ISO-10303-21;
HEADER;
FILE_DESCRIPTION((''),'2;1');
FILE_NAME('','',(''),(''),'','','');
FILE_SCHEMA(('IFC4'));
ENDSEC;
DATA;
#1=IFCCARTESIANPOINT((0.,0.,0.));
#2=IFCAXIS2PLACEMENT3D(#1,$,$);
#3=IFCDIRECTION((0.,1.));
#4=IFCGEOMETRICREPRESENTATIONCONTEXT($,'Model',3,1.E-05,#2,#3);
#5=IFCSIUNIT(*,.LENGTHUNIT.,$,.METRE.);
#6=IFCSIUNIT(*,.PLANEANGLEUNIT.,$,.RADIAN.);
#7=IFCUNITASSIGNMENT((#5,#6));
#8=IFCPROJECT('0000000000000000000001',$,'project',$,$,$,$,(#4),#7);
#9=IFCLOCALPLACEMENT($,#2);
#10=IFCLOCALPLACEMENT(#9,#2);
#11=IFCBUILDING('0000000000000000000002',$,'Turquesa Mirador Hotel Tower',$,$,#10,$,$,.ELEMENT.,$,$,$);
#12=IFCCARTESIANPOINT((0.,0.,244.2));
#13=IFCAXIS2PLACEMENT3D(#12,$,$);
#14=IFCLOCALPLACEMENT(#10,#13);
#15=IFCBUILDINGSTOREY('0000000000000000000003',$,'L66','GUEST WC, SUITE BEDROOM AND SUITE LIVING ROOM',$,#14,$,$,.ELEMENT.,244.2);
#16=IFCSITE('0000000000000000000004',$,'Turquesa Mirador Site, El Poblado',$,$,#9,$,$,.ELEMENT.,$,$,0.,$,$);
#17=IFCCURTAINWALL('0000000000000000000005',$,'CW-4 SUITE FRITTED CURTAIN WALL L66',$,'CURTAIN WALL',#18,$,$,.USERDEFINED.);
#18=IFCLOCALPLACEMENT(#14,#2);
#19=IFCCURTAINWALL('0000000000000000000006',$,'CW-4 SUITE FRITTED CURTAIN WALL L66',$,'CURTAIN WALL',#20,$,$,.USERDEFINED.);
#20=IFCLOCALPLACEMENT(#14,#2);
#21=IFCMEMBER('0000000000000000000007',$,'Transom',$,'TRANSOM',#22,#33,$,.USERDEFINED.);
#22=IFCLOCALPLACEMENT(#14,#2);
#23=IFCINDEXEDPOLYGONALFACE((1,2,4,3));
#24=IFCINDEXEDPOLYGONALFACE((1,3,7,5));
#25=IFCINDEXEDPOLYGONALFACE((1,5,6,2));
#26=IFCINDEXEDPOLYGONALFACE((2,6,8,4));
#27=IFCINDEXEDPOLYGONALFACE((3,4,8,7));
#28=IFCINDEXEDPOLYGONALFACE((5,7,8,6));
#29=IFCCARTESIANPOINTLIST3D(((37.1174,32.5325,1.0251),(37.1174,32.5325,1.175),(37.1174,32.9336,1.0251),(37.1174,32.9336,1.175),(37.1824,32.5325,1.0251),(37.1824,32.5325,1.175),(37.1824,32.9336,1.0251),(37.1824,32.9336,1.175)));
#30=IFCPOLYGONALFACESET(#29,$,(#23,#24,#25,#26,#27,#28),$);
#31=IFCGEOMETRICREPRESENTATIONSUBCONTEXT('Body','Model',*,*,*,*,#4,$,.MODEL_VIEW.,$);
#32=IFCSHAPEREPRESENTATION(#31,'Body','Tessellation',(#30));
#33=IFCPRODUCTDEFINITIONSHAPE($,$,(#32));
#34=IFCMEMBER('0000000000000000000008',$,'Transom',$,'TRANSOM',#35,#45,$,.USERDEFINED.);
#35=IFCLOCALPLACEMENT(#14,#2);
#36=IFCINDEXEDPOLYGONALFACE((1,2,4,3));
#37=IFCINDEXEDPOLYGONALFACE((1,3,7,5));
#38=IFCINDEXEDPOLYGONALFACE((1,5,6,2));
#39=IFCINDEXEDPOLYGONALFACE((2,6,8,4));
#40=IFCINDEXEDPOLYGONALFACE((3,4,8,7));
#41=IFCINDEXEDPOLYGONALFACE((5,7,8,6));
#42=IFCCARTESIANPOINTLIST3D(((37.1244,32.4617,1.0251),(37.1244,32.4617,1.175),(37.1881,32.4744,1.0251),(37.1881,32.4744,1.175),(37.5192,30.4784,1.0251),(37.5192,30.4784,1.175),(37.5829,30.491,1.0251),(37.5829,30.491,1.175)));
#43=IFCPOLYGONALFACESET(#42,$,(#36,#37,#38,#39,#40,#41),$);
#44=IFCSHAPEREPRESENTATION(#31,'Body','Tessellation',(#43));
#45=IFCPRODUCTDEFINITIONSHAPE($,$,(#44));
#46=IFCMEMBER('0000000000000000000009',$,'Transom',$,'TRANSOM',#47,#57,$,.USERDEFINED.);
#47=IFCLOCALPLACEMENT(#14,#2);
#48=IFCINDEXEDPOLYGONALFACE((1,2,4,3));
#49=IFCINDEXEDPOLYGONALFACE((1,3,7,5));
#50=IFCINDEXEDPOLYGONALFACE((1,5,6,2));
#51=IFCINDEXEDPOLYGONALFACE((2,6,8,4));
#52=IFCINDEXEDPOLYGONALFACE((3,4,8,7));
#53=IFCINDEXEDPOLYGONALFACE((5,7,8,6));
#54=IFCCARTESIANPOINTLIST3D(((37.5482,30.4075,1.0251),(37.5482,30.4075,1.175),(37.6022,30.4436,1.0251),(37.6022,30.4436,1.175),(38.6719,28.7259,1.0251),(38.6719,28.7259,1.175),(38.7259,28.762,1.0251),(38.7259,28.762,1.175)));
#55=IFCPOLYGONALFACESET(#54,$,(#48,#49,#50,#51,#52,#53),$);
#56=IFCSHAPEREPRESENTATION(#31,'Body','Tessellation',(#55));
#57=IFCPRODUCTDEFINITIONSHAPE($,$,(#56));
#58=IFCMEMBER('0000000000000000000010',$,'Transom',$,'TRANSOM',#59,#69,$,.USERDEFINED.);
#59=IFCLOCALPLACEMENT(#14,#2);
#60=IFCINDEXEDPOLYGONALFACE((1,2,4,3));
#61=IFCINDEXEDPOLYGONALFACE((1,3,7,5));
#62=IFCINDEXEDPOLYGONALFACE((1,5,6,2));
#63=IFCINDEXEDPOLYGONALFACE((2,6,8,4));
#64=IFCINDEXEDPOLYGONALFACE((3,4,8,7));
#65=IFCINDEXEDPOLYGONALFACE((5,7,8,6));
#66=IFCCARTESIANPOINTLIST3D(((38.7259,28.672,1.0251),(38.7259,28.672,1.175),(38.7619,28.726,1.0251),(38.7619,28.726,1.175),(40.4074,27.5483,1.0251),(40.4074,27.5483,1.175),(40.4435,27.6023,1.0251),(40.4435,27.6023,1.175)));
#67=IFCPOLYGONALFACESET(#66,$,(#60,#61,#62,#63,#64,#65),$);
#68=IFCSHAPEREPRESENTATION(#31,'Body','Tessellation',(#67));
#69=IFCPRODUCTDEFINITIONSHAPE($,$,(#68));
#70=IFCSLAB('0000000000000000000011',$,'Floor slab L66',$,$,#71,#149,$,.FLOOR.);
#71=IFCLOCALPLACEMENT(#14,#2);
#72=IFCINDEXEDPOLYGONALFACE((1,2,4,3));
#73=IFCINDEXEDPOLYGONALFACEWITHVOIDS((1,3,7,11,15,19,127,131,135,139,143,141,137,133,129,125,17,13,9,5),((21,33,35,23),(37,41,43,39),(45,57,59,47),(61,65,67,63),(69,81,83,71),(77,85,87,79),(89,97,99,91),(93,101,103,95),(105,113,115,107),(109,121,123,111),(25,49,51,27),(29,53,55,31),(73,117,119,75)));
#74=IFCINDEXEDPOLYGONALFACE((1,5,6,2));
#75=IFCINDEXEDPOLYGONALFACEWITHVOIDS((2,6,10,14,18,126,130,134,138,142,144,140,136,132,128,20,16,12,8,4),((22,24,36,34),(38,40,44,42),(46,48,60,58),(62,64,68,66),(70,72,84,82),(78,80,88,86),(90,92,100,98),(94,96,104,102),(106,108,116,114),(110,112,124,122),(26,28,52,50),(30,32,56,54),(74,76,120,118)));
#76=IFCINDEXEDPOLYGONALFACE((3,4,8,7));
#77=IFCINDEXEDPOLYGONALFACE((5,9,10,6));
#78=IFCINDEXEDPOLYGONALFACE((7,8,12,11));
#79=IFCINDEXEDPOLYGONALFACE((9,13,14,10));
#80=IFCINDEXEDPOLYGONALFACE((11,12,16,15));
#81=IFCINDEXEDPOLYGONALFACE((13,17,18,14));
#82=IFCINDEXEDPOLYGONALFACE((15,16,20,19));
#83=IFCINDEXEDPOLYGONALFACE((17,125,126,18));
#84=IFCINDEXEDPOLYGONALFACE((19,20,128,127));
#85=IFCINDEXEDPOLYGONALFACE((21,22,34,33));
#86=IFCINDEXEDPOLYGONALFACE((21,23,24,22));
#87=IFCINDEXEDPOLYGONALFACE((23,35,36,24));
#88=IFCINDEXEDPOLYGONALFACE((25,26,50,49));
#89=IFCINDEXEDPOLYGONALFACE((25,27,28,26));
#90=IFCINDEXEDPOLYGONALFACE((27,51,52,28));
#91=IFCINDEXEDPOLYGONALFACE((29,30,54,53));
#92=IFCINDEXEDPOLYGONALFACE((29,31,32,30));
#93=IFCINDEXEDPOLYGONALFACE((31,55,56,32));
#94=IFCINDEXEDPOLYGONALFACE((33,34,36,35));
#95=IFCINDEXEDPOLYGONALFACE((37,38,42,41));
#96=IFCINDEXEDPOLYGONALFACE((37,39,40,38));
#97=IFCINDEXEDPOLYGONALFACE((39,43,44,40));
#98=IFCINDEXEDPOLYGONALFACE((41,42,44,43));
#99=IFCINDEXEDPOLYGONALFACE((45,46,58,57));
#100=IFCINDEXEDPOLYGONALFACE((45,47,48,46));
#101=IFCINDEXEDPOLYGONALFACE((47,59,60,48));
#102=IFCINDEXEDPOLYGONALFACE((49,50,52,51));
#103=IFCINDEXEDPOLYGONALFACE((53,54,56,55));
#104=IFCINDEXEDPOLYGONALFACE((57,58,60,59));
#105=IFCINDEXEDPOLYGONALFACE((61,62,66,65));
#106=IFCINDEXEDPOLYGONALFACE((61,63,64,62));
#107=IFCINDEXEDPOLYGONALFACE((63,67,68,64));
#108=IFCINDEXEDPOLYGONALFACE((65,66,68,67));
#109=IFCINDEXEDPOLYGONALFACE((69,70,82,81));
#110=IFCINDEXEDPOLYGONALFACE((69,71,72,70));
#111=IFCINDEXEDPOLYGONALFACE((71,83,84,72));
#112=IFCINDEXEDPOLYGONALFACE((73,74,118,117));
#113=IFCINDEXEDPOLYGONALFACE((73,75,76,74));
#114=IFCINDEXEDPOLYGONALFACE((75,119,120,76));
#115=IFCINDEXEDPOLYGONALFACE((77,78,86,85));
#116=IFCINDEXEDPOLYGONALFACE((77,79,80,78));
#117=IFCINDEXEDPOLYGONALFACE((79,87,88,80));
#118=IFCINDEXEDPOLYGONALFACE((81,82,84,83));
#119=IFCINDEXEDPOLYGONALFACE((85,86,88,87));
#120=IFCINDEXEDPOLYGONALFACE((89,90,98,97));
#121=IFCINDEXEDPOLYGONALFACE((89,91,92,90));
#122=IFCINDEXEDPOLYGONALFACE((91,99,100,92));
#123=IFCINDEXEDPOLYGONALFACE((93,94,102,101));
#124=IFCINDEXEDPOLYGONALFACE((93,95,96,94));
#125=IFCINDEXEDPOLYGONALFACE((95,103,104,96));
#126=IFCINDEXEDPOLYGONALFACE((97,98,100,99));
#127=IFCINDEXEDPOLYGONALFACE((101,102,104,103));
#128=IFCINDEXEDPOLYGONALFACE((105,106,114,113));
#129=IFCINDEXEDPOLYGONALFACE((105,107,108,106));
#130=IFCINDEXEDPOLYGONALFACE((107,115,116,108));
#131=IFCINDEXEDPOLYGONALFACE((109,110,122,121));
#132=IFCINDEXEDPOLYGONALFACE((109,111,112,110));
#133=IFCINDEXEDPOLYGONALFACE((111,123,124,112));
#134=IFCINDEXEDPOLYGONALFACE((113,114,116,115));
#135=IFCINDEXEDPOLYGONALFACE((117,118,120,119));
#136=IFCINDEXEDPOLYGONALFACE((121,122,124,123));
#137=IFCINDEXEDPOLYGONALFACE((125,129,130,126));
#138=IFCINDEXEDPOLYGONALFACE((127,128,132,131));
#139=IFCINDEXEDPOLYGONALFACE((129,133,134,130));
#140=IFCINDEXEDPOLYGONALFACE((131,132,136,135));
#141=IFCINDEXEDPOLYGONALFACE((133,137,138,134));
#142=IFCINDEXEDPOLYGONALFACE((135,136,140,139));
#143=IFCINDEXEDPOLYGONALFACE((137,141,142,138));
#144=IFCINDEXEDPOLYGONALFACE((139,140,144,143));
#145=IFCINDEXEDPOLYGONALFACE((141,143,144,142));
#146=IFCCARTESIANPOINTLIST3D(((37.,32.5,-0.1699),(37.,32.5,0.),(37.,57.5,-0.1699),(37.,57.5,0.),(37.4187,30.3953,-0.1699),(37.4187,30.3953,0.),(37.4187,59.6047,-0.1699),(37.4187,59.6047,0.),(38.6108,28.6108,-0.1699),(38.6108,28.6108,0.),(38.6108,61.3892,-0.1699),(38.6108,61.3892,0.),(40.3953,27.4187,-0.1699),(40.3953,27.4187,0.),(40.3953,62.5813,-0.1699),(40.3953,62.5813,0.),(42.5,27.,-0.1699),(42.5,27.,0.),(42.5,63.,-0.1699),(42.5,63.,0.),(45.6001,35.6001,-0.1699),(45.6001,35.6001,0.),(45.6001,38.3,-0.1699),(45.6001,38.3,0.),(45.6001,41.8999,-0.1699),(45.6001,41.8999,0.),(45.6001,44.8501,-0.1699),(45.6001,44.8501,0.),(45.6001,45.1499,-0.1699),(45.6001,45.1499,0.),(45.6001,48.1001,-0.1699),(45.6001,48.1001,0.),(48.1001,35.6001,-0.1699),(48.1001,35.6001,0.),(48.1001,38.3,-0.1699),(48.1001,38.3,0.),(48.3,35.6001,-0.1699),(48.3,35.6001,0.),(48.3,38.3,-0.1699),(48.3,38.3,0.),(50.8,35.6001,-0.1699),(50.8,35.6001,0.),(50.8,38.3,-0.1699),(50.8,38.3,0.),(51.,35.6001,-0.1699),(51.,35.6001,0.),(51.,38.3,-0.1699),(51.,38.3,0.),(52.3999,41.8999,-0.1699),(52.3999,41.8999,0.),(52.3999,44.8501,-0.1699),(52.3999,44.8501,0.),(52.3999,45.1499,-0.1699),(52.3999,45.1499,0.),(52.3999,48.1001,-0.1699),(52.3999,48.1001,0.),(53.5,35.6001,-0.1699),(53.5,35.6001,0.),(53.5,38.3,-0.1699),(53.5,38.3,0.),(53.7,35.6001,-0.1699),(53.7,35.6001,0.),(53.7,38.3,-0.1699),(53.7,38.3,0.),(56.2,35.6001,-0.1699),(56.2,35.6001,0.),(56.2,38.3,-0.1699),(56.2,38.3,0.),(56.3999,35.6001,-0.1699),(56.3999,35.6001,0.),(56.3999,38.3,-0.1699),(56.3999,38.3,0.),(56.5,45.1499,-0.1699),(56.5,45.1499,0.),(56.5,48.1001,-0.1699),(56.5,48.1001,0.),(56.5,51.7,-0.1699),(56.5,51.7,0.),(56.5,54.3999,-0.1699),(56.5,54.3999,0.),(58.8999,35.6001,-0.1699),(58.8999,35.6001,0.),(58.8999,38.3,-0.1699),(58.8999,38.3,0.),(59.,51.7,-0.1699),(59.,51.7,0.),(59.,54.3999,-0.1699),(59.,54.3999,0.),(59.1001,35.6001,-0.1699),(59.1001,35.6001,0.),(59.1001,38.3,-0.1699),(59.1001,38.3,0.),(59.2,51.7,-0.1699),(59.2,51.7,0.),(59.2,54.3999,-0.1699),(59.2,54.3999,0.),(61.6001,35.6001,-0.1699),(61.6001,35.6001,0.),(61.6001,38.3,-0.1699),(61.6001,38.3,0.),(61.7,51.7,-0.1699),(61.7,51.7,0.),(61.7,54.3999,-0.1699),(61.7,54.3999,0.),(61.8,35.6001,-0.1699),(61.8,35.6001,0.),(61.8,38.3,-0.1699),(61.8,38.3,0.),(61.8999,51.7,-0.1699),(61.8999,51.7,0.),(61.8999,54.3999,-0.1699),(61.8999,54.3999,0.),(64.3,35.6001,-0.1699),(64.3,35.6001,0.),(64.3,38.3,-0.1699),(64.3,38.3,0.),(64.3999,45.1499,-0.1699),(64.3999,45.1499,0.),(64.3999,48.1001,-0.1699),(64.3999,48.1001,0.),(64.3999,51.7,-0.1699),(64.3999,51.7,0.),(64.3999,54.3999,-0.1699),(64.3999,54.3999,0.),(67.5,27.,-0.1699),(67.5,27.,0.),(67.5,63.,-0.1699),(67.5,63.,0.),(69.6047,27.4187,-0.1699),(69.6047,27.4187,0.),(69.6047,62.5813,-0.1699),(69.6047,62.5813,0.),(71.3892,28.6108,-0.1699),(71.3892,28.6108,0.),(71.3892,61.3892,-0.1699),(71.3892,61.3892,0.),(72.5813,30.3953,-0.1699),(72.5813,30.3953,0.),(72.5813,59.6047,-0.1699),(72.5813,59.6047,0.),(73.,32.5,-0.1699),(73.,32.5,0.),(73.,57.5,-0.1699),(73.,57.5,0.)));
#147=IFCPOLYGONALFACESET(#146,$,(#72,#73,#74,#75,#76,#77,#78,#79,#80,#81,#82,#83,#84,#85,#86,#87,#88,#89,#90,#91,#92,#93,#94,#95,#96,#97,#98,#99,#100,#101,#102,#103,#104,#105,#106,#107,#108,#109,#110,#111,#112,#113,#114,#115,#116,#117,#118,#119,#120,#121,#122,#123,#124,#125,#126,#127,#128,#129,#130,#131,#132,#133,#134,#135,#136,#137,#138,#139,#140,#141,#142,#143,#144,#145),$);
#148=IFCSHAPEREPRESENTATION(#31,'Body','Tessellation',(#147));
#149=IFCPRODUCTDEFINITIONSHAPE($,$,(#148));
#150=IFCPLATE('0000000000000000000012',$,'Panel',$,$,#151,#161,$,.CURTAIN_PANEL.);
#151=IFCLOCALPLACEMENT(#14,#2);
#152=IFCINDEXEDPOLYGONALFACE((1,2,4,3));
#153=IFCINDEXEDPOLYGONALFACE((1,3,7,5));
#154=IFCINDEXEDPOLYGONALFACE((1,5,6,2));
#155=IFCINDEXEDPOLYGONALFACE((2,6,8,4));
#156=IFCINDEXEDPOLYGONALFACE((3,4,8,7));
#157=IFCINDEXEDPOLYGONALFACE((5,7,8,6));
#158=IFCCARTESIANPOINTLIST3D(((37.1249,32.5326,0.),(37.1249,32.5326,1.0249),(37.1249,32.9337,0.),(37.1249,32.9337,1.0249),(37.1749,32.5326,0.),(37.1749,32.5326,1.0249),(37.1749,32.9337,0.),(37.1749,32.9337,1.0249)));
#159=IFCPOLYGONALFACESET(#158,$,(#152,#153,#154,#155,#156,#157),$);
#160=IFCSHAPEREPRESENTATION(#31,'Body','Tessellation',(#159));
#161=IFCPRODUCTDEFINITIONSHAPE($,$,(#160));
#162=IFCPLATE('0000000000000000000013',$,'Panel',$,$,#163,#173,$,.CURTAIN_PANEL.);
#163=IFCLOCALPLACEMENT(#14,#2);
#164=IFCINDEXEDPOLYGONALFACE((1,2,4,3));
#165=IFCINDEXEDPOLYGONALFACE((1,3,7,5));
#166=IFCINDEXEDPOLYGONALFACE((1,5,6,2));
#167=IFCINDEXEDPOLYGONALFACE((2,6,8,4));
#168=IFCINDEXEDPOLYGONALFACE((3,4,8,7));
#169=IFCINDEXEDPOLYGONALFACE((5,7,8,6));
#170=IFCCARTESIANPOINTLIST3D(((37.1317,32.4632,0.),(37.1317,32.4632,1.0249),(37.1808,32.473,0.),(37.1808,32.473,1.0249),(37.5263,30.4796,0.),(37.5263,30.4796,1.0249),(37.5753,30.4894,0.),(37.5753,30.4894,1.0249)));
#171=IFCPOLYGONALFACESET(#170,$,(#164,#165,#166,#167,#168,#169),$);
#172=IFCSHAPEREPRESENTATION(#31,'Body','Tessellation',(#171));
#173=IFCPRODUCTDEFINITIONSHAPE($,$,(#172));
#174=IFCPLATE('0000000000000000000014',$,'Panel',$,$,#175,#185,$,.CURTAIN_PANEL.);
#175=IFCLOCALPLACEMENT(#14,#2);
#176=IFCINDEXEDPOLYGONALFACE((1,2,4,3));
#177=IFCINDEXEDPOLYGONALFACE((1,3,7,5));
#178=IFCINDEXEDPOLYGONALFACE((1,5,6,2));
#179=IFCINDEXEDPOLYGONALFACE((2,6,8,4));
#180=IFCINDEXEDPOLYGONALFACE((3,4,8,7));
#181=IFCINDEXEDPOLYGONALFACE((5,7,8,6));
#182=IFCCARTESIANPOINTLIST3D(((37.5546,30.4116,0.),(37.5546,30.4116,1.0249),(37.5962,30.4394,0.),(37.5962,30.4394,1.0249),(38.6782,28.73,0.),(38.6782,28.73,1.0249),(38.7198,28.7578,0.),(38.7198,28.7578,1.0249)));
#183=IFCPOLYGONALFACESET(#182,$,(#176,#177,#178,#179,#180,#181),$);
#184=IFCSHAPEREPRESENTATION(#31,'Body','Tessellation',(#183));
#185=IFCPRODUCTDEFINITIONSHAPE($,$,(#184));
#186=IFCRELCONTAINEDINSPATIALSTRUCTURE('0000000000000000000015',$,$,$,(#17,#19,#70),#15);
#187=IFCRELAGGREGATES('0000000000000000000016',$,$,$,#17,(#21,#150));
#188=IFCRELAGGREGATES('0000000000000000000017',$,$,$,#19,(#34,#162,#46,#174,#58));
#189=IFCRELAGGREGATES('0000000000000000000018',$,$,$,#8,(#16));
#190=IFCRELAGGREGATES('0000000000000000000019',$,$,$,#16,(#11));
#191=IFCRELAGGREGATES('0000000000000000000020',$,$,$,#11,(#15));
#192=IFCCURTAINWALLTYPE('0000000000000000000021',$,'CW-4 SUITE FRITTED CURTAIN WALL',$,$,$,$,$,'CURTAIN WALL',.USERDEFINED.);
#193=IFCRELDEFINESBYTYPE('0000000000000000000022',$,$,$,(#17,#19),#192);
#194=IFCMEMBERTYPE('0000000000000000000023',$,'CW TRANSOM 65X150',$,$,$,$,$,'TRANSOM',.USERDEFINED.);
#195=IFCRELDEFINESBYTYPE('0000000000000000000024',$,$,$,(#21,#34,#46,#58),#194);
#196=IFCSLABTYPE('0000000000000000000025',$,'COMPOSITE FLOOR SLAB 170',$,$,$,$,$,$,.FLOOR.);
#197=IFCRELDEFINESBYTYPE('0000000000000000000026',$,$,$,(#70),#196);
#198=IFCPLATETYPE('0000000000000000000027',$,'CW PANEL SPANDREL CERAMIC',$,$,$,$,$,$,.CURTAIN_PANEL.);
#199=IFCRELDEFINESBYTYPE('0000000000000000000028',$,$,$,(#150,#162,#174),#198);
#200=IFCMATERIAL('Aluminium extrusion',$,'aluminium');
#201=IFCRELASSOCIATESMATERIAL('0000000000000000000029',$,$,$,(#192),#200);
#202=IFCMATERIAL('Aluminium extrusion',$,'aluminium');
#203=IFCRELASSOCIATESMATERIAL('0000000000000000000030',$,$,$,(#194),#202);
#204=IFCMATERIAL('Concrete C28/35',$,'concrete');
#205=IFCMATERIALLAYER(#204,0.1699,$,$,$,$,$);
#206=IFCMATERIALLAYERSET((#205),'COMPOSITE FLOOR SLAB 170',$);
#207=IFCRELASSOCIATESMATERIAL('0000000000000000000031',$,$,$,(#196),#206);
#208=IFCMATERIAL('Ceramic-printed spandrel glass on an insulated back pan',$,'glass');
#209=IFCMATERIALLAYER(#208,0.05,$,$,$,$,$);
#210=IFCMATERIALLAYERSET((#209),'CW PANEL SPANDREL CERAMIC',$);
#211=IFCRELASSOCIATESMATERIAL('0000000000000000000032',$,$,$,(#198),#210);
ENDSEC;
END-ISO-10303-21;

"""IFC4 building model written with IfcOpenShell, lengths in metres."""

from ifc_helpers import new_model, si_unit, direction, frame, origin, origin_2d, place, context, subcontext, project, spatial, polyline, rectangle, outline, extrude, material, layer, layer_set, material_profile, profile_set, type_object, element, aggregate, save


model = new_model("IFC4")

# Units and contexts
model_context = context("Model", 3, precision=1e-05, world=origin(), true_north=direction((0.0, 1.0)))
body_context = subcontext(model_context, "Body", "Model", "MODEL_VIEW")
ifc_project = project(units=[si_unit("LENGTHUNIT", "METRE"), si_unit("PLANEANGLEUNIT", "RADIAN")], contexts=[model_context])

# Site, building, storey
site_placement = place(None, origin())
site = spatial("IfcSite", under=ifc_project, at=site_placement, Name="Turquesa Mirador Site, El Poblado", CompositionType="ELEMENT", RefElevation=0.0)
building_placement = place(site_placement, origin())
building = spatial("IfcBuilding", under=site, at=building_placement, Name="Turquesa Mirador Hotel Tower", CompositionType="ELEMENT")
storey_placement = place(building_placement, frame((0.0, 0.0, 244.2)))
storey = spatial("IfcBuildingStorey", under=building, at=storey_placement, Name="L66", Description="GUEST WC, SUITE BEDROOM AND SUITE LIVING ROOM", CompositionType="ELEMENT", Elevation=244.2)

# Curtain walls
ifc_material_1 = material(Name="Aluminium extrusion", Category="aluminium")
curtain_wall_type = type_object("IfcCurtainWallType", Name="CW-4 SUITE FRITTED CURTAIN WALL", ElementType="CURTAIN WALL", PredefinedType="USERDEFINED", material=ifc_material_1)
curtain_wall_1_placement = place(storey_placement, origin())
curtain_wall_1 = element("IfcCurtainWall", 1, at=curtain_wall_1_placement, inside=storey, type_object=curtain_wall_type, Name="CW-4 SUITE FRITTED CURTAIN WALL L66", ObjectType="CURTAIN WALL", PredefinedType="USERDEFINED")
curtain_wall_2_placement = place(storey_placement, origin())
curtain_wall_2 = element("IfcCurtainWall", 2, at=curtain_wall_2_placement, inside=storey, type_object=curtain_wall_type, Name="CW-4 SUITE FRITTED CURTAIN WALL L66", ObjectType="CURTAIN WALL", PredefinedType="USERDEFINED")

# Members
ifc_material_2 = material(Name="Aluminium extrusion", Category="aluminium")
ifc_material_profile_1 = material_profile(ifc_material_2, rectangle(XDim=0.0649, YDim=0.1499, at=origin_2d()), Name="TRANSOM 65X150")
ifc_profile_set_1 = profile_set([ifc_material_profile_1], Name="Aluminium extrusion")
member_type_1 = type_object("IfcMemberType", Name="CW TRANSOM 65X150", ElementType="TRANSOM", PredefinedType="USERDEFINED", material=ifc_profile_set_1)
member_1_placement = place(storey_placement, frame((37.1499, 32.9336, 1.1001), z_axis=(0.0, -1.0, 0.0), x_axis=(1.0, 0.0, 0.0)))
member_1 = element("IfcMember", 3, at=member_1_placement, type_object=member_type_1, Name="Transom", ObjectType="TRANSOM", PredefinedType="USERDEFINED", context=body_context, shape_type="SweptSolid", body=[
    extrude(rectangle(XDim=0.0649, YDim=0.1499, at=origin_2d()), origin(), (0.0, 0.0, 1.0), 0.4011),
])
member_2_placement = place(storey_placement, frame((37.1562, 32.468, 1.1001), z_axis=(0.195211, -0.980761, 0.0), x_axis=(0.980761, 0.195211, 0.0)))
member_2 = element("IfcMember", 4, at=member_2_placement, type_object=member_type_1, Name="Transom", ObjectType="TRANSOM", PredefinedType="USERDEFINED", context=body_context, shape_type="SweptSolid", body=[
    extrude(rectangle(XDim=0.0649, YDim=0.1499, at=origin_2d()), origin(), (0.0, 0.0, 1.0), 2.0222),
])
member_3_placement = place(storey_placement, frame((37.5752, 30.4255, 1.1001), z_axis=(0.555619, -0.831437, 0.0), x_axis=(0.831437, 0.555619, 0.0)))
member_3 = element("IfcMember", 5, at=member_3_placement, type_object=member_type_1, Name="Transom", ObjectType="TRANSOM", PredefinedType="USERDEFINED", context=body_context, shape_type="SweptSolid", body=[
    extrude(rectangle(XDim=0.0649, YDim=0.1499, at=origin_2d()), origin(), (0.0, 0.0, 1.0), 2.0225),
])
member_4_placement = place(storey_placement, frame((38.7439, 28.699, 1.1001), z_axis=(0.831437, -0.555619, 0.0), x_axis=(0.555619, 0.831437, 0.0)))
member_4 = element("IfcMember", 6, at=member_4_placement, type_object=member_type_1, Name="Transom", ObjectType="TRANSOM", PredefinedType="USERDEFINED", context=body_context, shape_type="SweptSolid", body=[
    extrude(rectangle(XDim=0.0649, YDim=0.1499, at=origin_2d()), origin(), (0.0, 0.0, 1.0), 2.0225),
])

# Slab
ifc_material_3 = material(Name="Concrete C28/35", Category="concrete")
ifc_layer_1 = layer(ifc_material_3, 0.1699)
ifc_layer_set_1 = layer_set([ifc_layer_1], Name="COMPOSITE FLOOR SLAB 170")
slab_type_1 = type_object("IfcSlabType", Name="COMPOSITE FLOOR SLAB 170", PredefinedType="FLOOR", material=ifc_layer_set_1)
slab_1_placement = place(storey_placement, frame((0.0, 0.0, -0.1699)))
element("IfcSlab", 7, at=slab_1_placement, inside=storey, type_object=slab_type_1, Name="Floor slab L66", PredefinedType="FLOOR", context=body_context, shape_type="SweptSolid", body=[
    extrude(outline(polyline([(67.5, 27.0), (69.6047, 27.4187), (71.3892, 28.6108), (72.5813, 30.3953), (73.0, 32.5), (73.0, 57.5), (72.5813, 59.6047), (71.3892, 61.3892), (69.6047, 62.5813), (67.5, 63.0), (42.5, 63.0), (40.3953, 62.5813), (38.6108, 61.3892), (37.4187, 59.6047), (37.0, 57.5), (37.0, 32.5), (37.4187, 30.3953), (38.6108, 28.6108), (40.3953, 27.4187), (42.5, 27.0), (67.5, 27.0)]), holes=[polyline([(56.5, 51.7), (59.0, 51.7), (59.0, 54.3999), (56.5, 54.3999), (56.5, 51.7)]), polyline([(59.2, 51.7), (61.7, 51.7), (61.7, 54.3999), (59.2, 54.3999), (59.2, 51.7)]), polyline([(45.6001, 35.6001), (48.1001, 35.6001), (48.1001, 38.3), (45.6001, 38.3), (45.6001, 35.6001)]), polyline([(48.3, 35.6001), (50.8, 35.6001), (50.8, 38.3), (48.3, 38.3), (48.3, 35.6001)]), polyline([(51.0, 35.6001), (53.5, 35.6001), (53.5, 38.3), (51.0, 38.3), (51.0, 35.6001)]), polyline([(53.7, 35.6001), (56.2, 35.6001), (56.2, 38.3), (53.7, 38.3), (53.7, 35.6001)]), polyline([(56.3999, 35.6001), (58.8999, 35.6001), (58.8999, 38.3), (56.3999, 38.3), (56.3999, 35.6001)]), polyline([(59.1001, 35.6001), (61.6001, 35.6001), (61.6001, 38.3), (59.1001, 38.3), (59.1001, 35.6001)]), polyline([(61.8, 35.6001), (64.3, 35.6001), (64.3, 38.3), (61.8, 38.3), (61.8, 35.6001)]), polyline([(45.6001, 45.1499), (52.3999, 45.1499), (52.3999, 48.1001), (45.6001, 48.1001), (45.6001, 45.1499)]), polyline([(45.6001, 41.8999), (52.3999, 41.8999), (52.3999, 44.8501), (45.6001, 44.8501), (45.6001, 41.8999)]), polyline([(56.5, 45.1499), (64.3999, 45.1499), (64.3999, 48.1001), (56.5, 48.1001), (56.5, 45.1499)]), polyline([(61.8999, 51.7), (64.3999, 51.7), (64.3999, 54.3999), (61.8999, 54.3999), (61.8999, 51.7)])]), origin(), (0.0, 0.0, 1.0), 0.1699),
])

# Plates
ifc_material_4 = material(Name="Ceramic-printed spandrel glass on an insulated back pan", Category="glass")
ifc_layer_2 = layer(ifc_material_4, 0.05)
ifc_layer_set_2 = layer_set([ifc_layer_2], Name="CW PANEL SPANDREL CERAMIC")
plate_type_1 = type_object("IfcPlateType", Name="CW PANEL SPANDREL CERAMIC", PredefinedType="CURTAIN_PANEL", material=ifc_layer_set_2)
plate_1_placement = place(storey_placement, frame((37.1499, 32.7332, 0.0), z_axis=(0.0, 0.0, 1.0), x_axis=(0.0, -1.0, 0.0)))
plate_1 = element("IfcPlate", 8, at=plate_1_placement, type_object=plate_type_1, Name="Panel", PredefinedType="CURTAIN_PANEL", context=body_context, shape_type="SweptSolid", body=[
    extrude(rectangle(XDim=0.4011, YDim=0.05, at=origin_2d()), origin(), (0.0, 0.0, 1.0), 1.0249),
])
plate_2_placement = place(storey_placement, frame((37.3535, 31.4763, 0.0), z_axis=(0.0, 0.0, 1.0), x_axis=(0.195091, -0.980785, 0.0)))
plate_2 = element("IfcPlate", 9, at=plate_2_placement, type_object=plate_type_1, Name="Panel", PredefinedType="CURTAIN_PANEL", context=body_context, shape_type="SweptSolid", body=[
    extrude(rectangle(XDim=2.0225, YDim=0.05, at=origin_2d()), origin(), (0.0, 0.0, 1.0), 1.0249),
])
plate_3_placement = place(storey_placement, frame((38.1372, 29.5847, 0.0), z_axis=(0.0, 0.0, 1.0), x_axis=(0.55557, -0.83147, 0.0)))
plate_3 = element("IfcPlate", 10, at=plate_3_placement, type_object=plate_type_1, Name="Panel", PredefinedType="CURTAIN_PANEL", context=body_context, shape_type="SweptSolid", body=[
    extrude(rectangle(XDim=2.0225, YDim=0.05, at=origin_2d()), origin(), (0.0, 0.0, 1.0), 1.0249),
])
aggregate(curtain_wall_1, [member_1, plate_1])
aggregate(curtain_wall_2, [member_2, plate_2, member_3, plate_3, member_4])

save(model, "model.ifc")
